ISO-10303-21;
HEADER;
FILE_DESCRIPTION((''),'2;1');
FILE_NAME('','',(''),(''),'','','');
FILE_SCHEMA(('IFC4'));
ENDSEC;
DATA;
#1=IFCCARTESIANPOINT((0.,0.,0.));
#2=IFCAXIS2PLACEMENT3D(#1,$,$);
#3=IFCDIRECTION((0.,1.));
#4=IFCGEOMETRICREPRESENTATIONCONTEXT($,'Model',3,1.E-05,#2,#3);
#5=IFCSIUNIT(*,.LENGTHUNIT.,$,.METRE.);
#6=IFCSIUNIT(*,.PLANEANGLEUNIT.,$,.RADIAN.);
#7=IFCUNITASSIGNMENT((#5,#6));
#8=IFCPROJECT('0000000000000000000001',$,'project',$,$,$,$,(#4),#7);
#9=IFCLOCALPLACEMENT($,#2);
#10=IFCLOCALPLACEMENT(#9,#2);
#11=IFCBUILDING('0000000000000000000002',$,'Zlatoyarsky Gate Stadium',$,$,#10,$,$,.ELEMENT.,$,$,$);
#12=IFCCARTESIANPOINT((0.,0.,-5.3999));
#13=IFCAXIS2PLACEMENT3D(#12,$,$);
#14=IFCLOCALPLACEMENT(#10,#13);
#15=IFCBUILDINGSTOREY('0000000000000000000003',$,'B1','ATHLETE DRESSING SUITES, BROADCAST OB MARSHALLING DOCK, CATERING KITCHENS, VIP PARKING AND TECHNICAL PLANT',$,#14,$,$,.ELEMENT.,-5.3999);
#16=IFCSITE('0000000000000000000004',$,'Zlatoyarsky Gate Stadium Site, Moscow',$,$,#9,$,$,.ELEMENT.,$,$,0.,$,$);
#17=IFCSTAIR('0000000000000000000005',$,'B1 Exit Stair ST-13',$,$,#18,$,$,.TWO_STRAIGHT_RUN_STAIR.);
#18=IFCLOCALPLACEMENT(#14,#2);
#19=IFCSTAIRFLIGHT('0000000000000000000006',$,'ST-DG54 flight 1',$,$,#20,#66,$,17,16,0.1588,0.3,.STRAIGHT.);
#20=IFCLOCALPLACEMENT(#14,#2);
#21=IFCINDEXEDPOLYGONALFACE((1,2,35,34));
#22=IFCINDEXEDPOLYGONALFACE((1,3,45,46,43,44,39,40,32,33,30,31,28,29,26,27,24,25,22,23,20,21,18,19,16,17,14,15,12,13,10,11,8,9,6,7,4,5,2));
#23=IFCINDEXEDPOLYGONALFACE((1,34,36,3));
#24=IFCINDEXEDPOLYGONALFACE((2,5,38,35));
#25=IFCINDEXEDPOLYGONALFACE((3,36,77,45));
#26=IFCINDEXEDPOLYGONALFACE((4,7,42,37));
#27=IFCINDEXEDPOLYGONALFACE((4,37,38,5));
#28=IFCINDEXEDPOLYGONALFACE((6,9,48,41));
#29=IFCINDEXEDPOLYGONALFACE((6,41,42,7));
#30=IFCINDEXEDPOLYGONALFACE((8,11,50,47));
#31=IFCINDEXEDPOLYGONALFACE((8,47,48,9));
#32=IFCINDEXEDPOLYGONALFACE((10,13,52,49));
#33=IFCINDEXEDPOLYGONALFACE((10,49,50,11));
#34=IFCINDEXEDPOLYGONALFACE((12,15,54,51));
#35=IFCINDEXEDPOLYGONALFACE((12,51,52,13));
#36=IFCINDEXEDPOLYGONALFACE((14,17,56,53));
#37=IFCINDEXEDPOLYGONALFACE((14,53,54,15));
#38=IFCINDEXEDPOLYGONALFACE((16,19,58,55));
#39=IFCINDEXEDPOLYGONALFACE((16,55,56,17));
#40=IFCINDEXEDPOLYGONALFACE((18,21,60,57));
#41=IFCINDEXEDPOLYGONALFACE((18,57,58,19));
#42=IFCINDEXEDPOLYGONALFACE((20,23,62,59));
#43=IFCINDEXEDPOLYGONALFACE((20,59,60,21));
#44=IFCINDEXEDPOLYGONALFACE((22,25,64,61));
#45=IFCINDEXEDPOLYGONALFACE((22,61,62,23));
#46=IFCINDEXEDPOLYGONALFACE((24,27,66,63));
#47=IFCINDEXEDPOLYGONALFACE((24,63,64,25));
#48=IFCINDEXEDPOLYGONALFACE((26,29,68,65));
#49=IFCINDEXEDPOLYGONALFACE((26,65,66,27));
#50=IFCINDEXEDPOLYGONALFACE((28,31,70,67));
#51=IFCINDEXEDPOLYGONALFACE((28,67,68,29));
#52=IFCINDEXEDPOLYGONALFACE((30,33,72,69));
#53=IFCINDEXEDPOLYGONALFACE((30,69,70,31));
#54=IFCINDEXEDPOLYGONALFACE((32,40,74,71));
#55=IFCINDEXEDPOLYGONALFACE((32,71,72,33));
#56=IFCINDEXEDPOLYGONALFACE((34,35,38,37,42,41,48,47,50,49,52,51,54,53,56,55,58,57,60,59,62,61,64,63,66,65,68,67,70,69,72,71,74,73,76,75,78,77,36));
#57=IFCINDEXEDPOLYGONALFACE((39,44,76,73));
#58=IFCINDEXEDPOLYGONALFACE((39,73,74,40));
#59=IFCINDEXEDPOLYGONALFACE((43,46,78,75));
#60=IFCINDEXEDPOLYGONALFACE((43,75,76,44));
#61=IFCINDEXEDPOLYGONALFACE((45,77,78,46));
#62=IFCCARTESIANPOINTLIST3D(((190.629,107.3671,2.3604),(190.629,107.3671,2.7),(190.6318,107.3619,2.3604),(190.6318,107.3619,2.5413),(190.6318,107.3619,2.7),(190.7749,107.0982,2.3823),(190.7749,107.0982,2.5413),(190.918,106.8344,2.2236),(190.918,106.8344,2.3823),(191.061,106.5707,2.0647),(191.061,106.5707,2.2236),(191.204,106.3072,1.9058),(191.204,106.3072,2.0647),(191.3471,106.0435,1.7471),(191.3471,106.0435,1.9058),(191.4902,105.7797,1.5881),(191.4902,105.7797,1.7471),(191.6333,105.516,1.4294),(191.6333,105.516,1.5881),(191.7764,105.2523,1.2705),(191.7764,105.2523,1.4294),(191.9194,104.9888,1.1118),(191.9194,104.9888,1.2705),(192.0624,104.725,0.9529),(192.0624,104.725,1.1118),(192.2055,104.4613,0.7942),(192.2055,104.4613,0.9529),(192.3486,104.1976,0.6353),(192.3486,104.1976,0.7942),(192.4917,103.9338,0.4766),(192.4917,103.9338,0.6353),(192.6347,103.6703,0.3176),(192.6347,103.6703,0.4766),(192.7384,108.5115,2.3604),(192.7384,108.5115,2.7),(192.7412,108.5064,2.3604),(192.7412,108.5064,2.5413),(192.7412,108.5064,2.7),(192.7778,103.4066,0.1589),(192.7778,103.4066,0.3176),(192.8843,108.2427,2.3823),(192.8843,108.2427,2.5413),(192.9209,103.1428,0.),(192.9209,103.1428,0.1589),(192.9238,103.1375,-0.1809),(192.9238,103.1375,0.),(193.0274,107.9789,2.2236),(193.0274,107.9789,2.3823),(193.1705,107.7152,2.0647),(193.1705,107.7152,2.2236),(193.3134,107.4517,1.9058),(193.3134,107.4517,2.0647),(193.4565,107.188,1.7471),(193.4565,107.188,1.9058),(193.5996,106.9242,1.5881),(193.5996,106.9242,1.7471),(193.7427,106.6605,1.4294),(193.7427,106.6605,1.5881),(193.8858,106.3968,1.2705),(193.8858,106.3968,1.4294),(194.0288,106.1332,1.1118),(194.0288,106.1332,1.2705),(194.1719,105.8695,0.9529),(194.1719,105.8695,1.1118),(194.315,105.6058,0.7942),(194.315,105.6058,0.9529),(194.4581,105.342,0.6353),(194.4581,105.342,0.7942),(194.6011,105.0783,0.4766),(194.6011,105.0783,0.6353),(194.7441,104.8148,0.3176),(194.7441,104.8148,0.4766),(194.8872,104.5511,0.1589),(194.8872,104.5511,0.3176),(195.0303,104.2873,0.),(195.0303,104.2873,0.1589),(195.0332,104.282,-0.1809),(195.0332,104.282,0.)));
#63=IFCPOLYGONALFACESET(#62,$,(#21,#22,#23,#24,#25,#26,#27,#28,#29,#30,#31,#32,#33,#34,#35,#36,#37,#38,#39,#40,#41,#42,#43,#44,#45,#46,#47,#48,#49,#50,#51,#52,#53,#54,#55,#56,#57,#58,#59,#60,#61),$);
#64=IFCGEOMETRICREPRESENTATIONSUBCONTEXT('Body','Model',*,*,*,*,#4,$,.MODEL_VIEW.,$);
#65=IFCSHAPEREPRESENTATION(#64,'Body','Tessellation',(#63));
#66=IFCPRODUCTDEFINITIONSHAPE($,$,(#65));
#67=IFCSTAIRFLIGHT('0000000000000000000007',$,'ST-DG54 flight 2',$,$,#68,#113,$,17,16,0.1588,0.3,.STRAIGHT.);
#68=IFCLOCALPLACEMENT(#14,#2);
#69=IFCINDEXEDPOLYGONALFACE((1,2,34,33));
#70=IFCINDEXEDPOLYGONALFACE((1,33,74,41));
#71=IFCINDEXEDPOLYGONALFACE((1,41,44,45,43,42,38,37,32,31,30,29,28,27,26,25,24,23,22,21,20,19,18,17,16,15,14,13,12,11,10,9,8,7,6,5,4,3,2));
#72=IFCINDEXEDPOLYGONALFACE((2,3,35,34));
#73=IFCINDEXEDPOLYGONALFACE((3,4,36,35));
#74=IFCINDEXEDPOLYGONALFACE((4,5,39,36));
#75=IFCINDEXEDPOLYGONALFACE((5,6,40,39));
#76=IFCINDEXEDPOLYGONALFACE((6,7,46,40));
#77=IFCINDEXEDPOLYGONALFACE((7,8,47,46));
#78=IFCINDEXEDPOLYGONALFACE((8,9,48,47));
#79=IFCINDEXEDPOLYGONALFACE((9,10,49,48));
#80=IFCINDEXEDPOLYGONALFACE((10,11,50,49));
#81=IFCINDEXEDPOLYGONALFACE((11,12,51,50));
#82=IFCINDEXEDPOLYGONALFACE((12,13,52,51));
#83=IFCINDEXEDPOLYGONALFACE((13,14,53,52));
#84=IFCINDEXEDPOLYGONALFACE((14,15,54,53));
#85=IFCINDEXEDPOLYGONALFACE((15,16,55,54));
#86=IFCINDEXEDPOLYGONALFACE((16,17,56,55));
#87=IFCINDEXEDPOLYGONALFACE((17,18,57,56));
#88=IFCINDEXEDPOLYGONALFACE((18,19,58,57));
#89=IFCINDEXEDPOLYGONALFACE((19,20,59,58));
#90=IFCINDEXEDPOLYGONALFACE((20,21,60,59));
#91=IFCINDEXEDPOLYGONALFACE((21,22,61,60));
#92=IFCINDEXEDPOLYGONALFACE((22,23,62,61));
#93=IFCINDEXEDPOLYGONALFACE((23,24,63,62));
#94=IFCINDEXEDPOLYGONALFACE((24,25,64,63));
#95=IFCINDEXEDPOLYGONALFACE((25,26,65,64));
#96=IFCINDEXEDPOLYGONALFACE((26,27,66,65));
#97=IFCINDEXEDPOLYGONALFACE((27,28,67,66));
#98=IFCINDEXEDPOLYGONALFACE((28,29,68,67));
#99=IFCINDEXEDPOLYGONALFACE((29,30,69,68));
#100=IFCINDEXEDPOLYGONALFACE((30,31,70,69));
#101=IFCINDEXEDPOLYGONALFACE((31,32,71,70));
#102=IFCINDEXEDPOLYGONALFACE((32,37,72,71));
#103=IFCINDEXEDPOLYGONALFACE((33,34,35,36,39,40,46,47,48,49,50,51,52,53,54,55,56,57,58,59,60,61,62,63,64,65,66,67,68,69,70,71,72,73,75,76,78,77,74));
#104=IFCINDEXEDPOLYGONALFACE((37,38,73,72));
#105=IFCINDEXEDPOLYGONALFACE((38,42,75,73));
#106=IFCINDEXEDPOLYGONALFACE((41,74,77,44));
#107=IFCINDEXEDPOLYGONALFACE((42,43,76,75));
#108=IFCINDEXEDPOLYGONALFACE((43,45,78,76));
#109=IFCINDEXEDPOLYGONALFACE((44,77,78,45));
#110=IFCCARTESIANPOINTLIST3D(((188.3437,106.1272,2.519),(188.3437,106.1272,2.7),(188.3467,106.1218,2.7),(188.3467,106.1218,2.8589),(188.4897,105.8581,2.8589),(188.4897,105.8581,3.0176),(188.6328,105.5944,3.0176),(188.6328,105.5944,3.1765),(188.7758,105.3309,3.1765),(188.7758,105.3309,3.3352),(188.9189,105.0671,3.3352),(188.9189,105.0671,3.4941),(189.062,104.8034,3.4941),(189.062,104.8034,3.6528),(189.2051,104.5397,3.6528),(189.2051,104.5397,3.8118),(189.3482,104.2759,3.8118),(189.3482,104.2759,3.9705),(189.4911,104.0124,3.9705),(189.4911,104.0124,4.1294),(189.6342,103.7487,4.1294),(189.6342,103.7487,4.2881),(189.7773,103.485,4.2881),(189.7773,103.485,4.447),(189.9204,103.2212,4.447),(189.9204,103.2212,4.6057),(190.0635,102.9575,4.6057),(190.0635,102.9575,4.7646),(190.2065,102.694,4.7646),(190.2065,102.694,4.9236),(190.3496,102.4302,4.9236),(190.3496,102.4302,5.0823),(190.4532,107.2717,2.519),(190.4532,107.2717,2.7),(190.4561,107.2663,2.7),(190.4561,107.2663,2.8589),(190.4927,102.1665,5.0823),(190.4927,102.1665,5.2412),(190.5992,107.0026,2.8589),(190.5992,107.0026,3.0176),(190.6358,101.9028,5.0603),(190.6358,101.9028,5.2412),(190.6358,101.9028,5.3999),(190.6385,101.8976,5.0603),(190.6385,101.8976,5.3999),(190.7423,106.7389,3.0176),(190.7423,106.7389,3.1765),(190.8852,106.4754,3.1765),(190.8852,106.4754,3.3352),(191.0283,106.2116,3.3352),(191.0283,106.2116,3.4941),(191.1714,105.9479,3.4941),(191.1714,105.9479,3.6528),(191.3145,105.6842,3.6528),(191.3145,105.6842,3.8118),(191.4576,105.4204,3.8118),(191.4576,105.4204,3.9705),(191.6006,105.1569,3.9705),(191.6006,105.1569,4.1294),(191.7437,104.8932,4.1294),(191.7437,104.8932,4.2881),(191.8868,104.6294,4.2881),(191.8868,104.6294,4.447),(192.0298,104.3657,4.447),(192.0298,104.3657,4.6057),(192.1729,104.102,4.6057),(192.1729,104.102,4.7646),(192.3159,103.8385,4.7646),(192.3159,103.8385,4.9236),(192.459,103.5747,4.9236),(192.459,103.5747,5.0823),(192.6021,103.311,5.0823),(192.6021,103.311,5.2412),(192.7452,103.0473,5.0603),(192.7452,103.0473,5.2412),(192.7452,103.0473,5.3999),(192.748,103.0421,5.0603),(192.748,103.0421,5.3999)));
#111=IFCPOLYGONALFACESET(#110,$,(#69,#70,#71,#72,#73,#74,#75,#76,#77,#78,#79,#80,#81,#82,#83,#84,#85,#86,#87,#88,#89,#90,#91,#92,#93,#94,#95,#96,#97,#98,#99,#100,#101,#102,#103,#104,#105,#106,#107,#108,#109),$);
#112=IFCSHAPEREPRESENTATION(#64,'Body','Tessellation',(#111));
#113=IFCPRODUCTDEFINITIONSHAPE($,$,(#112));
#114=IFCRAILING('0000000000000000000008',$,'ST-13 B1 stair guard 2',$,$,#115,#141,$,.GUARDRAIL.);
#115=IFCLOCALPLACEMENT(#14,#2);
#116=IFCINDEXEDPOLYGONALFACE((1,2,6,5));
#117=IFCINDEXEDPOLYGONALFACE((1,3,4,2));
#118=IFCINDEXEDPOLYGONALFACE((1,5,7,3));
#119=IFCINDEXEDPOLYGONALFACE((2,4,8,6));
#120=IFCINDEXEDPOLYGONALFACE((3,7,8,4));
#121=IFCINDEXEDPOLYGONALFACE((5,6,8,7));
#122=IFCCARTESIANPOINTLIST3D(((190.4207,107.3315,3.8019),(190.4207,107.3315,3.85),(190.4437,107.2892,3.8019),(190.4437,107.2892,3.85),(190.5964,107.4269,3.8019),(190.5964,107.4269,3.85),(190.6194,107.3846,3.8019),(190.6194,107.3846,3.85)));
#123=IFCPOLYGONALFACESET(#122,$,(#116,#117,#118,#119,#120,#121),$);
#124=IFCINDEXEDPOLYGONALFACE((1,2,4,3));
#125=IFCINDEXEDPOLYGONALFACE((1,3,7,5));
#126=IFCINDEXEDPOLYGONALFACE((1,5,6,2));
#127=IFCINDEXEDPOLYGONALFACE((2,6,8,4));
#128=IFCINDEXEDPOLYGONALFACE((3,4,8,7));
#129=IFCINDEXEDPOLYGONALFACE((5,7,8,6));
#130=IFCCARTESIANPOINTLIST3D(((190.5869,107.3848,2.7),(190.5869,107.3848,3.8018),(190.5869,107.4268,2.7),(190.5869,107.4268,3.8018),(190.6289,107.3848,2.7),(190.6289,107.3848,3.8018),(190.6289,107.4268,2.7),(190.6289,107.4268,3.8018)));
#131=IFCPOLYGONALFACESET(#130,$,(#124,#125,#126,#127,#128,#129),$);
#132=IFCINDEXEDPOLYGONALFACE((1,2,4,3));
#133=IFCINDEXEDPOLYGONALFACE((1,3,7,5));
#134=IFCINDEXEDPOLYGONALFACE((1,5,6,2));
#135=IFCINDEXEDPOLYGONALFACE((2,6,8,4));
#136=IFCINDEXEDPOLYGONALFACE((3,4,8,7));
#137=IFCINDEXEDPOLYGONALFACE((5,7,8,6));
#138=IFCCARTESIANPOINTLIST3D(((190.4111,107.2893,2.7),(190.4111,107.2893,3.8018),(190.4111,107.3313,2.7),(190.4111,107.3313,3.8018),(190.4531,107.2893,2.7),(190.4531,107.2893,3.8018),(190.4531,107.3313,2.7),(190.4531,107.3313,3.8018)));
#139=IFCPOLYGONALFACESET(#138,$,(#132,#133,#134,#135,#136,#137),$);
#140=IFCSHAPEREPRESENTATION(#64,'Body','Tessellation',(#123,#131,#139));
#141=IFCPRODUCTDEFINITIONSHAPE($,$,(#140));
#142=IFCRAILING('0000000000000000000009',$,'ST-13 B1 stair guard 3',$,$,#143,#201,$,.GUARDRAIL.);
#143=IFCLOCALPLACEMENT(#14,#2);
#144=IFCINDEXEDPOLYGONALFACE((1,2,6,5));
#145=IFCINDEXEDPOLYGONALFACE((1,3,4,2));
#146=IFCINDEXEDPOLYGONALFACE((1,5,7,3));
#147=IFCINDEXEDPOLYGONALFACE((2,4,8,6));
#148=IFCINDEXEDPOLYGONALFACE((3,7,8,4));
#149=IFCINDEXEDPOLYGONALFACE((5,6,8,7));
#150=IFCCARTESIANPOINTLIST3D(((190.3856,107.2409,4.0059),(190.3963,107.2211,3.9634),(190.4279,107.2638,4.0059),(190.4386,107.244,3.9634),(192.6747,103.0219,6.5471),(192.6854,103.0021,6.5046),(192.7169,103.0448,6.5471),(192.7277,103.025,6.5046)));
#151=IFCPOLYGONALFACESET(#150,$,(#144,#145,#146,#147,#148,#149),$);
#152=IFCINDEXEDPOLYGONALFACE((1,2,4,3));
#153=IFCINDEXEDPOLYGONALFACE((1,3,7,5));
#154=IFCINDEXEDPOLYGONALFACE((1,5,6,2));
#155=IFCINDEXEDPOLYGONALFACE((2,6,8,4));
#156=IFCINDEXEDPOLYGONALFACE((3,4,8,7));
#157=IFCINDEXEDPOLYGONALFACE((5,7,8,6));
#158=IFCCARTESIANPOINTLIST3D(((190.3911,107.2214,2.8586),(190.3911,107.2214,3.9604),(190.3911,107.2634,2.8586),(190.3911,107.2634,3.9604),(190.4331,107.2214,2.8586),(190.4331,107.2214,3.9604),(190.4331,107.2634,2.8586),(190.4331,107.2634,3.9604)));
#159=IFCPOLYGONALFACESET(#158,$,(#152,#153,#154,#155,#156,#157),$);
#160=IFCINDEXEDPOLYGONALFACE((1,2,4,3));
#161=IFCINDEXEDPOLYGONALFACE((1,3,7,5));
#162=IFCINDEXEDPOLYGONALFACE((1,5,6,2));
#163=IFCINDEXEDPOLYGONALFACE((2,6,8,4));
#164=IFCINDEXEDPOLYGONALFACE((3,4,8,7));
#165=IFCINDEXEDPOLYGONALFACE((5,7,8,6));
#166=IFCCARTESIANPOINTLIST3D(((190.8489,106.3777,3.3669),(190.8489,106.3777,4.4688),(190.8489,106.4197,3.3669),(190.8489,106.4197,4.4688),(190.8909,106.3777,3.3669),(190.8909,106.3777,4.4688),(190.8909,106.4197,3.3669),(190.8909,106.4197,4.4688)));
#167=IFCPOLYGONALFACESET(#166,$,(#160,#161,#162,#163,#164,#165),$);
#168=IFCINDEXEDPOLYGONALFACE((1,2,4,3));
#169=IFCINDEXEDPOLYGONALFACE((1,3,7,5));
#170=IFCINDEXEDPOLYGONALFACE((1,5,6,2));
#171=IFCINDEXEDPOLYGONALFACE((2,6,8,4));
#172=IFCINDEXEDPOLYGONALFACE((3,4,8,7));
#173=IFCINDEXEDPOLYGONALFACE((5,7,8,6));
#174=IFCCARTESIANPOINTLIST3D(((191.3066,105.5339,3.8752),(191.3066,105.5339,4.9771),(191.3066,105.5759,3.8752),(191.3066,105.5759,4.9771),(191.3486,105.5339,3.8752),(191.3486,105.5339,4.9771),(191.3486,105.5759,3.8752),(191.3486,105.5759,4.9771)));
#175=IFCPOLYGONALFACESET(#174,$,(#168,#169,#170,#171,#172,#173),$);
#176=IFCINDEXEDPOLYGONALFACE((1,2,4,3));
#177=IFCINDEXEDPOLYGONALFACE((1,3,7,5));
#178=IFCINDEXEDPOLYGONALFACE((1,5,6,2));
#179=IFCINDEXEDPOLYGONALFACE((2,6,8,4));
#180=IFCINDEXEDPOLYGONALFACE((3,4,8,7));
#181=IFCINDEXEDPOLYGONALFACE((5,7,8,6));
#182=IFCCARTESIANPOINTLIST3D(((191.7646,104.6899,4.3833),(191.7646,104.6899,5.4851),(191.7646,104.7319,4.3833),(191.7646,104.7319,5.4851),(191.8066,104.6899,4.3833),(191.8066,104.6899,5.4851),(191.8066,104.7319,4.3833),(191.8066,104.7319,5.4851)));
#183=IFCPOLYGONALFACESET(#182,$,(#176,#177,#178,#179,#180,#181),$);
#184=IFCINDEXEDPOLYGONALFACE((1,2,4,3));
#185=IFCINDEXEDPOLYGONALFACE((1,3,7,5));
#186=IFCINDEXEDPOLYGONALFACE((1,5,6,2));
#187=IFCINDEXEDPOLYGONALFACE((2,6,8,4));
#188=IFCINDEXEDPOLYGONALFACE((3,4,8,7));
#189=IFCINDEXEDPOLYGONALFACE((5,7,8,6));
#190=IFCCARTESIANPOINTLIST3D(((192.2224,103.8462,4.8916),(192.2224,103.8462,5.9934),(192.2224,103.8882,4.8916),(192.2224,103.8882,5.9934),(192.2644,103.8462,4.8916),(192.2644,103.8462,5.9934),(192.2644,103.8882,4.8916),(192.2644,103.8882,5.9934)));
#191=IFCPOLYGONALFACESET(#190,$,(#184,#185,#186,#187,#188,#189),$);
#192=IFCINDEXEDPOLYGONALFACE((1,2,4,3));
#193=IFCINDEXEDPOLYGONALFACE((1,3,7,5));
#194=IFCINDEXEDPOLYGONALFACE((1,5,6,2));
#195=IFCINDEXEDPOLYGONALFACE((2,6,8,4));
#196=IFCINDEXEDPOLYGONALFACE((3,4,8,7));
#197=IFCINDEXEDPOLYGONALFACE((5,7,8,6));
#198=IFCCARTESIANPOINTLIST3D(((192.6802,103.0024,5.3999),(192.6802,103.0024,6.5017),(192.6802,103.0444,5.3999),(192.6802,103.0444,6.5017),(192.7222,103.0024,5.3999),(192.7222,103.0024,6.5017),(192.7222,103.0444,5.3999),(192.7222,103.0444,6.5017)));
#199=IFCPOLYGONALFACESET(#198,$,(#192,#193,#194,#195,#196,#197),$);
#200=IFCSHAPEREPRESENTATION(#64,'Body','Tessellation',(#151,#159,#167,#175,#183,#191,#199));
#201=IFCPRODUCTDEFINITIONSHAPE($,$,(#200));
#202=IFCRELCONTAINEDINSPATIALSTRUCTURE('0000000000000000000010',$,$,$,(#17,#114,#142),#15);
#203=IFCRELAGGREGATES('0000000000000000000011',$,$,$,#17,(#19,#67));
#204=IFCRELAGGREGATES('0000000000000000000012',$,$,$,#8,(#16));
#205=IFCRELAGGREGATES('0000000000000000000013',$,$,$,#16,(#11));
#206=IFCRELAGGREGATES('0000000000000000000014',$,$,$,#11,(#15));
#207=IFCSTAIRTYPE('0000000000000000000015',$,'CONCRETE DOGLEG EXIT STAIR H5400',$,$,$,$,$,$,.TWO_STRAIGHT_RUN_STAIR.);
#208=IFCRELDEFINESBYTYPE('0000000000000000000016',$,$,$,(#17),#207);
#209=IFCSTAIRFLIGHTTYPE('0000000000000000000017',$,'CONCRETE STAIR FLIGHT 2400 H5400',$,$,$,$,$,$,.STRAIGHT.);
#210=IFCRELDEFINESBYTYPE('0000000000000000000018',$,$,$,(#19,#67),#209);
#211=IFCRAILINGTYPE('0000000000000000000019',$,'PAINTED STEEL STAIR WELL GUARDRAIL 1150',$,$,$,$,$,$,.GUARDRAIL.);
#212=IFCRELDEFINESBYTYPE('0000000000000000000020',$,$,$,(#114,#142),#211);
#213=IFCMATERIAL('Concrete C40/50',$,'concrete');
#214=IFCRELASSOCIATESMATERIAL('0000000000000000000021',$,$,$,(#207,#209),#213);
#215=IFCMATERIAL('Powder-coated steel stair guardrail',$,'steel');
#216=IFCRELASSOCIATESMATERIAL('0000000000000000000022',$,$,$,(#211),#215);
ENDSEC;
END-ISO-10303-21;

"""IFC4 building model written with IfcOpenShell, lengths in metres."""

from ifc_helpers import new_model, si_unit, direction, frame, origin, origin_2d, place, context, subcontext, project, spatial, polyline, rectangle, outline, extrude, material, type_object, element, aggregate, save


model = new_model("IFC4")

# Units and contexts
model_context = context("Model", 3, precision=1e-05, world=origin(), true_north=direction((0.0, 1.0)))
body_context = subcontext(model_context, "Body", "Model", "MODEL_VIEW")
ifc_project = project(units=[si_unit("LENGTHUNIT", "METRE"), si_unit("PLANEANGLEUNIT", "RADIAN")], contexts=[model_context])

# Site, building, storey
site_placement = place(None, origin())
site = spatial("IfcSite", under=ifc_project, at=site_placement, Name="Zlatoyarsky Gate Stadium Site, Moscow", CompositionType="ELEMENT", RefElevation=0.0)
building_placement = place(site_placement, origin())
building = spatial("IfcBuilding", under=site, at=building_placement, Name="Zlatoyarsky Gate Stadium", CompositionType="ELEMENT")
storey_placement = place(building_placement, frame((0.0, 0.0, -5.3999)))
storey = spatial("IfcBuildingStorey", under=building, at=storey_placement, Name="B1", Description="ATHLETE DRESSING SUITES, BROADCAST OB MARSHALLING DOCK, CATERING KITCHENS, VIP PARKING AND TECHNICAL PLANT", CompositionType="ELEMENT", Elevation=-5.3999)

# Shared definitions
ifc_material_1 = material(Name="Concrete C40/50", Category="concrete")

# Stair, stair flights
stair_type = type_object("IfcStairType", Name="CONCRETE DOGLEG EXIT STAIR H5400", PredefinedType="TWO_STRAIGHT_RUN_STAIR", material=ifc_material_1)
stair_placement = place(storey_placement, origin())
stair = element("IfcStair", 1, at=stair_placement, inside=storey, type_object=stair_type, Name="B1 Exit Stair ST-13", PredefinedType="TWO_STRAIGHT_RUN_STAIR")
stair_flight_type = type_object("IfcStairFlightType", Name="CONCRETE STAIR FLIGHT 2400 H5400", PredefinedType="STRAIGHT", material=ifc_material_1)
stair_flight_1_placement = place(storey_placement, frame((193.9756, 103.7151, 0.0), z_axis=(0.0, 0.0, 1.0), x_axis=(-0.47689, 0.878963, 0.0)))
stair_flight_1 = element("IfcStairFlight", 2, at=stair_flight_1_placement, type_object=stair_flight_type, Name="ST-DG54 flight 1", NumberOfRisers=17, NumberOfTreads=16, PredefinedType="STRAIGHT", RiserHeight=0.1588, TreadLength=0.3, context=body_context, shape_type="SweptSolid", body=[
    extrude(outline(polyline([(-0.0061, -0.1809), (-0.0061, 0.0), (0.0, 0.0), (0.0, 0.1589), (0.3, 0.1589), (0.3, 0.3176), (0.6001, 0.3176), (0.6001, 0.4766), (0.8999, 0.4766), (0.8999, 0.6353), (1.2, 0.6353), (1.2, 0.7942), (1.5, 0.7942), (1.5, 0.9529), (1.8, 0.9529), (1.8, 1.1118), (2.1001, 1.1118), (2.1001, 1.2705), (2.3999, 1.2705), (2.3999, 1.4294), (2.7, 1.4294), (2.7, 1.5881), (3.0, 1.5881), (3.0, 1.7471), (3.3, 1.7471), (3.3, 1.9058), (3.6001, 1.9058), (3.6001, 2.0647), (3.8999, 2.0647), (3.8999, 2.2236), (4.2, 2.2236), (4.2, 2.3823), (4.5, 2.3823), (4.5, 2.5413), (4.8, 2.5413), (4.8, 2.7), (4.8059, 2.7), (4.8059, 2.3604), (4.8, 2.3604), (-0.0061, -0.1809)])), frame((0.0, 1.2, 0.0), z_axis=(0.0, -1.0, 0.0), x_axis=(1.0, 0.0, 0.0)), (0.0, 0.0, 1.0), 2.3999),
])
stair_flight_2_placement = place(storey_placement, frame((189.4014, 106.6941, 2.7), z_axis=(0.0, 0.0, 1.0), x_axis=(0.47689, -0.878963, 0.0)))
stair_flight_2 = element("IfcStairFlight", 3, at=stair_flight_2_placement, type_object=stair_flight_type, Name="ST-DG54 flight 2", NumberOfRisers=17, NumberOfTreads=16, PredefinedType="STRAIGHT", RiserHeight=0.1588, TreadLength=0.3, context=body_context, shape_type="SweptSolid", body=[
    extrude(outline(polyline([(-0.0061, -0.1809), (-0.0061, 0.0), (0.0, 0.0), (0.0, 0.1589), (0.3, 0.1589), (0.3, 0.3176), (0.6001, 0.3176), (0.6001, 0.4766), (0.8999, 0.4766), (0.8999, 0.6353), (1.2, 0.6353), (1.2, 0.7942), (1.5, 0.7942), (1.5, 0.9529), (1.8, 0.9529), (1.8, 1.1118), (2.1001, 1.1118), (2.1001, 1.2705), (2.3999, 1.2705), (2.3999, 1.4294), (2.7, 1.4294), (2.7, 1.5881), (3.0, 1.5881), (3.0, 1.7471), (3.3, 1.7471), (3.3, 1.9058), (3.6001, 1.9058), (3.6001, 2.0647), (3.8999, 2.0647), (3.8999, 2.2236), (4.2, 2.2236), (4.2, 2.3823), (4.5, 2.3823), (4.5, 2.5413), (4.8, 2.5413), (4.8, 2.7), (4.8059, 2.7), (4.8059, 2.3604), (4.8, 2.3604), (-0.0061, -0.1809)])), frame((0.0, 1.2, 0.0), z_axis=(0.0, -1.0, 0.0), x_axis=(1.0, 0.0, 0.0)), (0.0, 0.0, 1.0), 2.3999),
])
aggregate(stair, [stair_flight_1, stair_flight_2])

# Railings
ifc_material_2 = material(Name="Powder-coated steel stair guardrail", Category="steel")
railing_type_1 = type_object("IfcRailingType", Name="PAINTED STEEL STAIR WELL GUARDRAIL 1150", PredefinedType="GUARDRAIL", material=ifc_material_2)
railing_1_placement = place(storey_placement, frame((190.6079, 107.4058, 2.7)))
element("IfcRailing", 4, at=railing_1_placement, inside=storey, type_object=railing_type_1, Name="ST-13 B1 stair guard 2", PredefinedType="GUARDRAIL", context=body_context, shape_type="SweptSolid", body=[
    extrude(rectangle(XDim=0.0481, YDim=0.0481, at=origin_2d()), frame((0.0, 0.0, 1.126), z_axis=(-0.87878, -0.477227, 0.0), x_axis=(0.477227, -0.87878, 0.0)), (0.0, 0.0, 1.0), 0.2),
    extrude(rectangle(XDim=0.042, YDim=0.042, at=origin_2d()), origin(), (0.0, 0.0, 1.0), 1.1018),
    extrude(rectangle(XDim=0.042, YDim=0.042, at=origin_2d()), frame((-0.1758, -0.0955, 0.0)), (0.0, 0.0, 1.0), 1.1018),
])
railing_2_placement = place(storey_placement, frame((190.4121, 107.2424, 2.8586)))
element("IfcRailing", 5, at=railing_2_placement, inside=storey, type_object=railing_type_1, Name="ST-13 B1 stair guard 3", PredefinedType="GUARDRAIL", context=body_context, shape_type="SweptSolid", body=[
    extrude(rectangle(XDim=0.0481, YDim=0.0481, at=origin_2d()), frame((0.0, 0.0, 1.126), z_axis=(0.421467, -0.77681, 0.467902), x_axis=(0.878962, 0.476891, 0.0)), (0.0, 0.0, 1.0), 5.4312),
    extrude(rectangle(XDim=0.042, YDim=0.042, at=origin_2d()), origin(), (0.0, 0.0, 1.0), 1.1018),
    extrude(rectangle(XDim=0.042, YDim=0.042, at=origin_2d()), frame((0.4578, -0.8438, 0.5083)), (0.0, 0.0, 1.0), 1.1018),
    extrude(rectangle(XDim=0.042, YDim=0.042, at=origin_2d()), frame((0.9155, -1.6875, 1.0166)), (0.0, 0.0, 1.0), 1.1018),
    extrude(rectangle(XDim=0.042, YDim=0.042, at=origin_2d()), frame((1.3735, -2.5315, 1.5247)), (0.0, 0.0, 1.0), 1.1018),
    extrude(rectangle(XDim=0.042, YDim=0.042, at=origin_2d()), frame((1.8313, -3.3752, 2.033)), (0.0, 0.0, 1.0), 1.1018),
    extrude(rectangle(XDim=0.042, YDim=0.042, at=origin_2d()), frame((2.2891, -4.219, 2.5413)), (0.0, 0.0, 1.0), 1.1018),
])

save(model, "model.ifc")
